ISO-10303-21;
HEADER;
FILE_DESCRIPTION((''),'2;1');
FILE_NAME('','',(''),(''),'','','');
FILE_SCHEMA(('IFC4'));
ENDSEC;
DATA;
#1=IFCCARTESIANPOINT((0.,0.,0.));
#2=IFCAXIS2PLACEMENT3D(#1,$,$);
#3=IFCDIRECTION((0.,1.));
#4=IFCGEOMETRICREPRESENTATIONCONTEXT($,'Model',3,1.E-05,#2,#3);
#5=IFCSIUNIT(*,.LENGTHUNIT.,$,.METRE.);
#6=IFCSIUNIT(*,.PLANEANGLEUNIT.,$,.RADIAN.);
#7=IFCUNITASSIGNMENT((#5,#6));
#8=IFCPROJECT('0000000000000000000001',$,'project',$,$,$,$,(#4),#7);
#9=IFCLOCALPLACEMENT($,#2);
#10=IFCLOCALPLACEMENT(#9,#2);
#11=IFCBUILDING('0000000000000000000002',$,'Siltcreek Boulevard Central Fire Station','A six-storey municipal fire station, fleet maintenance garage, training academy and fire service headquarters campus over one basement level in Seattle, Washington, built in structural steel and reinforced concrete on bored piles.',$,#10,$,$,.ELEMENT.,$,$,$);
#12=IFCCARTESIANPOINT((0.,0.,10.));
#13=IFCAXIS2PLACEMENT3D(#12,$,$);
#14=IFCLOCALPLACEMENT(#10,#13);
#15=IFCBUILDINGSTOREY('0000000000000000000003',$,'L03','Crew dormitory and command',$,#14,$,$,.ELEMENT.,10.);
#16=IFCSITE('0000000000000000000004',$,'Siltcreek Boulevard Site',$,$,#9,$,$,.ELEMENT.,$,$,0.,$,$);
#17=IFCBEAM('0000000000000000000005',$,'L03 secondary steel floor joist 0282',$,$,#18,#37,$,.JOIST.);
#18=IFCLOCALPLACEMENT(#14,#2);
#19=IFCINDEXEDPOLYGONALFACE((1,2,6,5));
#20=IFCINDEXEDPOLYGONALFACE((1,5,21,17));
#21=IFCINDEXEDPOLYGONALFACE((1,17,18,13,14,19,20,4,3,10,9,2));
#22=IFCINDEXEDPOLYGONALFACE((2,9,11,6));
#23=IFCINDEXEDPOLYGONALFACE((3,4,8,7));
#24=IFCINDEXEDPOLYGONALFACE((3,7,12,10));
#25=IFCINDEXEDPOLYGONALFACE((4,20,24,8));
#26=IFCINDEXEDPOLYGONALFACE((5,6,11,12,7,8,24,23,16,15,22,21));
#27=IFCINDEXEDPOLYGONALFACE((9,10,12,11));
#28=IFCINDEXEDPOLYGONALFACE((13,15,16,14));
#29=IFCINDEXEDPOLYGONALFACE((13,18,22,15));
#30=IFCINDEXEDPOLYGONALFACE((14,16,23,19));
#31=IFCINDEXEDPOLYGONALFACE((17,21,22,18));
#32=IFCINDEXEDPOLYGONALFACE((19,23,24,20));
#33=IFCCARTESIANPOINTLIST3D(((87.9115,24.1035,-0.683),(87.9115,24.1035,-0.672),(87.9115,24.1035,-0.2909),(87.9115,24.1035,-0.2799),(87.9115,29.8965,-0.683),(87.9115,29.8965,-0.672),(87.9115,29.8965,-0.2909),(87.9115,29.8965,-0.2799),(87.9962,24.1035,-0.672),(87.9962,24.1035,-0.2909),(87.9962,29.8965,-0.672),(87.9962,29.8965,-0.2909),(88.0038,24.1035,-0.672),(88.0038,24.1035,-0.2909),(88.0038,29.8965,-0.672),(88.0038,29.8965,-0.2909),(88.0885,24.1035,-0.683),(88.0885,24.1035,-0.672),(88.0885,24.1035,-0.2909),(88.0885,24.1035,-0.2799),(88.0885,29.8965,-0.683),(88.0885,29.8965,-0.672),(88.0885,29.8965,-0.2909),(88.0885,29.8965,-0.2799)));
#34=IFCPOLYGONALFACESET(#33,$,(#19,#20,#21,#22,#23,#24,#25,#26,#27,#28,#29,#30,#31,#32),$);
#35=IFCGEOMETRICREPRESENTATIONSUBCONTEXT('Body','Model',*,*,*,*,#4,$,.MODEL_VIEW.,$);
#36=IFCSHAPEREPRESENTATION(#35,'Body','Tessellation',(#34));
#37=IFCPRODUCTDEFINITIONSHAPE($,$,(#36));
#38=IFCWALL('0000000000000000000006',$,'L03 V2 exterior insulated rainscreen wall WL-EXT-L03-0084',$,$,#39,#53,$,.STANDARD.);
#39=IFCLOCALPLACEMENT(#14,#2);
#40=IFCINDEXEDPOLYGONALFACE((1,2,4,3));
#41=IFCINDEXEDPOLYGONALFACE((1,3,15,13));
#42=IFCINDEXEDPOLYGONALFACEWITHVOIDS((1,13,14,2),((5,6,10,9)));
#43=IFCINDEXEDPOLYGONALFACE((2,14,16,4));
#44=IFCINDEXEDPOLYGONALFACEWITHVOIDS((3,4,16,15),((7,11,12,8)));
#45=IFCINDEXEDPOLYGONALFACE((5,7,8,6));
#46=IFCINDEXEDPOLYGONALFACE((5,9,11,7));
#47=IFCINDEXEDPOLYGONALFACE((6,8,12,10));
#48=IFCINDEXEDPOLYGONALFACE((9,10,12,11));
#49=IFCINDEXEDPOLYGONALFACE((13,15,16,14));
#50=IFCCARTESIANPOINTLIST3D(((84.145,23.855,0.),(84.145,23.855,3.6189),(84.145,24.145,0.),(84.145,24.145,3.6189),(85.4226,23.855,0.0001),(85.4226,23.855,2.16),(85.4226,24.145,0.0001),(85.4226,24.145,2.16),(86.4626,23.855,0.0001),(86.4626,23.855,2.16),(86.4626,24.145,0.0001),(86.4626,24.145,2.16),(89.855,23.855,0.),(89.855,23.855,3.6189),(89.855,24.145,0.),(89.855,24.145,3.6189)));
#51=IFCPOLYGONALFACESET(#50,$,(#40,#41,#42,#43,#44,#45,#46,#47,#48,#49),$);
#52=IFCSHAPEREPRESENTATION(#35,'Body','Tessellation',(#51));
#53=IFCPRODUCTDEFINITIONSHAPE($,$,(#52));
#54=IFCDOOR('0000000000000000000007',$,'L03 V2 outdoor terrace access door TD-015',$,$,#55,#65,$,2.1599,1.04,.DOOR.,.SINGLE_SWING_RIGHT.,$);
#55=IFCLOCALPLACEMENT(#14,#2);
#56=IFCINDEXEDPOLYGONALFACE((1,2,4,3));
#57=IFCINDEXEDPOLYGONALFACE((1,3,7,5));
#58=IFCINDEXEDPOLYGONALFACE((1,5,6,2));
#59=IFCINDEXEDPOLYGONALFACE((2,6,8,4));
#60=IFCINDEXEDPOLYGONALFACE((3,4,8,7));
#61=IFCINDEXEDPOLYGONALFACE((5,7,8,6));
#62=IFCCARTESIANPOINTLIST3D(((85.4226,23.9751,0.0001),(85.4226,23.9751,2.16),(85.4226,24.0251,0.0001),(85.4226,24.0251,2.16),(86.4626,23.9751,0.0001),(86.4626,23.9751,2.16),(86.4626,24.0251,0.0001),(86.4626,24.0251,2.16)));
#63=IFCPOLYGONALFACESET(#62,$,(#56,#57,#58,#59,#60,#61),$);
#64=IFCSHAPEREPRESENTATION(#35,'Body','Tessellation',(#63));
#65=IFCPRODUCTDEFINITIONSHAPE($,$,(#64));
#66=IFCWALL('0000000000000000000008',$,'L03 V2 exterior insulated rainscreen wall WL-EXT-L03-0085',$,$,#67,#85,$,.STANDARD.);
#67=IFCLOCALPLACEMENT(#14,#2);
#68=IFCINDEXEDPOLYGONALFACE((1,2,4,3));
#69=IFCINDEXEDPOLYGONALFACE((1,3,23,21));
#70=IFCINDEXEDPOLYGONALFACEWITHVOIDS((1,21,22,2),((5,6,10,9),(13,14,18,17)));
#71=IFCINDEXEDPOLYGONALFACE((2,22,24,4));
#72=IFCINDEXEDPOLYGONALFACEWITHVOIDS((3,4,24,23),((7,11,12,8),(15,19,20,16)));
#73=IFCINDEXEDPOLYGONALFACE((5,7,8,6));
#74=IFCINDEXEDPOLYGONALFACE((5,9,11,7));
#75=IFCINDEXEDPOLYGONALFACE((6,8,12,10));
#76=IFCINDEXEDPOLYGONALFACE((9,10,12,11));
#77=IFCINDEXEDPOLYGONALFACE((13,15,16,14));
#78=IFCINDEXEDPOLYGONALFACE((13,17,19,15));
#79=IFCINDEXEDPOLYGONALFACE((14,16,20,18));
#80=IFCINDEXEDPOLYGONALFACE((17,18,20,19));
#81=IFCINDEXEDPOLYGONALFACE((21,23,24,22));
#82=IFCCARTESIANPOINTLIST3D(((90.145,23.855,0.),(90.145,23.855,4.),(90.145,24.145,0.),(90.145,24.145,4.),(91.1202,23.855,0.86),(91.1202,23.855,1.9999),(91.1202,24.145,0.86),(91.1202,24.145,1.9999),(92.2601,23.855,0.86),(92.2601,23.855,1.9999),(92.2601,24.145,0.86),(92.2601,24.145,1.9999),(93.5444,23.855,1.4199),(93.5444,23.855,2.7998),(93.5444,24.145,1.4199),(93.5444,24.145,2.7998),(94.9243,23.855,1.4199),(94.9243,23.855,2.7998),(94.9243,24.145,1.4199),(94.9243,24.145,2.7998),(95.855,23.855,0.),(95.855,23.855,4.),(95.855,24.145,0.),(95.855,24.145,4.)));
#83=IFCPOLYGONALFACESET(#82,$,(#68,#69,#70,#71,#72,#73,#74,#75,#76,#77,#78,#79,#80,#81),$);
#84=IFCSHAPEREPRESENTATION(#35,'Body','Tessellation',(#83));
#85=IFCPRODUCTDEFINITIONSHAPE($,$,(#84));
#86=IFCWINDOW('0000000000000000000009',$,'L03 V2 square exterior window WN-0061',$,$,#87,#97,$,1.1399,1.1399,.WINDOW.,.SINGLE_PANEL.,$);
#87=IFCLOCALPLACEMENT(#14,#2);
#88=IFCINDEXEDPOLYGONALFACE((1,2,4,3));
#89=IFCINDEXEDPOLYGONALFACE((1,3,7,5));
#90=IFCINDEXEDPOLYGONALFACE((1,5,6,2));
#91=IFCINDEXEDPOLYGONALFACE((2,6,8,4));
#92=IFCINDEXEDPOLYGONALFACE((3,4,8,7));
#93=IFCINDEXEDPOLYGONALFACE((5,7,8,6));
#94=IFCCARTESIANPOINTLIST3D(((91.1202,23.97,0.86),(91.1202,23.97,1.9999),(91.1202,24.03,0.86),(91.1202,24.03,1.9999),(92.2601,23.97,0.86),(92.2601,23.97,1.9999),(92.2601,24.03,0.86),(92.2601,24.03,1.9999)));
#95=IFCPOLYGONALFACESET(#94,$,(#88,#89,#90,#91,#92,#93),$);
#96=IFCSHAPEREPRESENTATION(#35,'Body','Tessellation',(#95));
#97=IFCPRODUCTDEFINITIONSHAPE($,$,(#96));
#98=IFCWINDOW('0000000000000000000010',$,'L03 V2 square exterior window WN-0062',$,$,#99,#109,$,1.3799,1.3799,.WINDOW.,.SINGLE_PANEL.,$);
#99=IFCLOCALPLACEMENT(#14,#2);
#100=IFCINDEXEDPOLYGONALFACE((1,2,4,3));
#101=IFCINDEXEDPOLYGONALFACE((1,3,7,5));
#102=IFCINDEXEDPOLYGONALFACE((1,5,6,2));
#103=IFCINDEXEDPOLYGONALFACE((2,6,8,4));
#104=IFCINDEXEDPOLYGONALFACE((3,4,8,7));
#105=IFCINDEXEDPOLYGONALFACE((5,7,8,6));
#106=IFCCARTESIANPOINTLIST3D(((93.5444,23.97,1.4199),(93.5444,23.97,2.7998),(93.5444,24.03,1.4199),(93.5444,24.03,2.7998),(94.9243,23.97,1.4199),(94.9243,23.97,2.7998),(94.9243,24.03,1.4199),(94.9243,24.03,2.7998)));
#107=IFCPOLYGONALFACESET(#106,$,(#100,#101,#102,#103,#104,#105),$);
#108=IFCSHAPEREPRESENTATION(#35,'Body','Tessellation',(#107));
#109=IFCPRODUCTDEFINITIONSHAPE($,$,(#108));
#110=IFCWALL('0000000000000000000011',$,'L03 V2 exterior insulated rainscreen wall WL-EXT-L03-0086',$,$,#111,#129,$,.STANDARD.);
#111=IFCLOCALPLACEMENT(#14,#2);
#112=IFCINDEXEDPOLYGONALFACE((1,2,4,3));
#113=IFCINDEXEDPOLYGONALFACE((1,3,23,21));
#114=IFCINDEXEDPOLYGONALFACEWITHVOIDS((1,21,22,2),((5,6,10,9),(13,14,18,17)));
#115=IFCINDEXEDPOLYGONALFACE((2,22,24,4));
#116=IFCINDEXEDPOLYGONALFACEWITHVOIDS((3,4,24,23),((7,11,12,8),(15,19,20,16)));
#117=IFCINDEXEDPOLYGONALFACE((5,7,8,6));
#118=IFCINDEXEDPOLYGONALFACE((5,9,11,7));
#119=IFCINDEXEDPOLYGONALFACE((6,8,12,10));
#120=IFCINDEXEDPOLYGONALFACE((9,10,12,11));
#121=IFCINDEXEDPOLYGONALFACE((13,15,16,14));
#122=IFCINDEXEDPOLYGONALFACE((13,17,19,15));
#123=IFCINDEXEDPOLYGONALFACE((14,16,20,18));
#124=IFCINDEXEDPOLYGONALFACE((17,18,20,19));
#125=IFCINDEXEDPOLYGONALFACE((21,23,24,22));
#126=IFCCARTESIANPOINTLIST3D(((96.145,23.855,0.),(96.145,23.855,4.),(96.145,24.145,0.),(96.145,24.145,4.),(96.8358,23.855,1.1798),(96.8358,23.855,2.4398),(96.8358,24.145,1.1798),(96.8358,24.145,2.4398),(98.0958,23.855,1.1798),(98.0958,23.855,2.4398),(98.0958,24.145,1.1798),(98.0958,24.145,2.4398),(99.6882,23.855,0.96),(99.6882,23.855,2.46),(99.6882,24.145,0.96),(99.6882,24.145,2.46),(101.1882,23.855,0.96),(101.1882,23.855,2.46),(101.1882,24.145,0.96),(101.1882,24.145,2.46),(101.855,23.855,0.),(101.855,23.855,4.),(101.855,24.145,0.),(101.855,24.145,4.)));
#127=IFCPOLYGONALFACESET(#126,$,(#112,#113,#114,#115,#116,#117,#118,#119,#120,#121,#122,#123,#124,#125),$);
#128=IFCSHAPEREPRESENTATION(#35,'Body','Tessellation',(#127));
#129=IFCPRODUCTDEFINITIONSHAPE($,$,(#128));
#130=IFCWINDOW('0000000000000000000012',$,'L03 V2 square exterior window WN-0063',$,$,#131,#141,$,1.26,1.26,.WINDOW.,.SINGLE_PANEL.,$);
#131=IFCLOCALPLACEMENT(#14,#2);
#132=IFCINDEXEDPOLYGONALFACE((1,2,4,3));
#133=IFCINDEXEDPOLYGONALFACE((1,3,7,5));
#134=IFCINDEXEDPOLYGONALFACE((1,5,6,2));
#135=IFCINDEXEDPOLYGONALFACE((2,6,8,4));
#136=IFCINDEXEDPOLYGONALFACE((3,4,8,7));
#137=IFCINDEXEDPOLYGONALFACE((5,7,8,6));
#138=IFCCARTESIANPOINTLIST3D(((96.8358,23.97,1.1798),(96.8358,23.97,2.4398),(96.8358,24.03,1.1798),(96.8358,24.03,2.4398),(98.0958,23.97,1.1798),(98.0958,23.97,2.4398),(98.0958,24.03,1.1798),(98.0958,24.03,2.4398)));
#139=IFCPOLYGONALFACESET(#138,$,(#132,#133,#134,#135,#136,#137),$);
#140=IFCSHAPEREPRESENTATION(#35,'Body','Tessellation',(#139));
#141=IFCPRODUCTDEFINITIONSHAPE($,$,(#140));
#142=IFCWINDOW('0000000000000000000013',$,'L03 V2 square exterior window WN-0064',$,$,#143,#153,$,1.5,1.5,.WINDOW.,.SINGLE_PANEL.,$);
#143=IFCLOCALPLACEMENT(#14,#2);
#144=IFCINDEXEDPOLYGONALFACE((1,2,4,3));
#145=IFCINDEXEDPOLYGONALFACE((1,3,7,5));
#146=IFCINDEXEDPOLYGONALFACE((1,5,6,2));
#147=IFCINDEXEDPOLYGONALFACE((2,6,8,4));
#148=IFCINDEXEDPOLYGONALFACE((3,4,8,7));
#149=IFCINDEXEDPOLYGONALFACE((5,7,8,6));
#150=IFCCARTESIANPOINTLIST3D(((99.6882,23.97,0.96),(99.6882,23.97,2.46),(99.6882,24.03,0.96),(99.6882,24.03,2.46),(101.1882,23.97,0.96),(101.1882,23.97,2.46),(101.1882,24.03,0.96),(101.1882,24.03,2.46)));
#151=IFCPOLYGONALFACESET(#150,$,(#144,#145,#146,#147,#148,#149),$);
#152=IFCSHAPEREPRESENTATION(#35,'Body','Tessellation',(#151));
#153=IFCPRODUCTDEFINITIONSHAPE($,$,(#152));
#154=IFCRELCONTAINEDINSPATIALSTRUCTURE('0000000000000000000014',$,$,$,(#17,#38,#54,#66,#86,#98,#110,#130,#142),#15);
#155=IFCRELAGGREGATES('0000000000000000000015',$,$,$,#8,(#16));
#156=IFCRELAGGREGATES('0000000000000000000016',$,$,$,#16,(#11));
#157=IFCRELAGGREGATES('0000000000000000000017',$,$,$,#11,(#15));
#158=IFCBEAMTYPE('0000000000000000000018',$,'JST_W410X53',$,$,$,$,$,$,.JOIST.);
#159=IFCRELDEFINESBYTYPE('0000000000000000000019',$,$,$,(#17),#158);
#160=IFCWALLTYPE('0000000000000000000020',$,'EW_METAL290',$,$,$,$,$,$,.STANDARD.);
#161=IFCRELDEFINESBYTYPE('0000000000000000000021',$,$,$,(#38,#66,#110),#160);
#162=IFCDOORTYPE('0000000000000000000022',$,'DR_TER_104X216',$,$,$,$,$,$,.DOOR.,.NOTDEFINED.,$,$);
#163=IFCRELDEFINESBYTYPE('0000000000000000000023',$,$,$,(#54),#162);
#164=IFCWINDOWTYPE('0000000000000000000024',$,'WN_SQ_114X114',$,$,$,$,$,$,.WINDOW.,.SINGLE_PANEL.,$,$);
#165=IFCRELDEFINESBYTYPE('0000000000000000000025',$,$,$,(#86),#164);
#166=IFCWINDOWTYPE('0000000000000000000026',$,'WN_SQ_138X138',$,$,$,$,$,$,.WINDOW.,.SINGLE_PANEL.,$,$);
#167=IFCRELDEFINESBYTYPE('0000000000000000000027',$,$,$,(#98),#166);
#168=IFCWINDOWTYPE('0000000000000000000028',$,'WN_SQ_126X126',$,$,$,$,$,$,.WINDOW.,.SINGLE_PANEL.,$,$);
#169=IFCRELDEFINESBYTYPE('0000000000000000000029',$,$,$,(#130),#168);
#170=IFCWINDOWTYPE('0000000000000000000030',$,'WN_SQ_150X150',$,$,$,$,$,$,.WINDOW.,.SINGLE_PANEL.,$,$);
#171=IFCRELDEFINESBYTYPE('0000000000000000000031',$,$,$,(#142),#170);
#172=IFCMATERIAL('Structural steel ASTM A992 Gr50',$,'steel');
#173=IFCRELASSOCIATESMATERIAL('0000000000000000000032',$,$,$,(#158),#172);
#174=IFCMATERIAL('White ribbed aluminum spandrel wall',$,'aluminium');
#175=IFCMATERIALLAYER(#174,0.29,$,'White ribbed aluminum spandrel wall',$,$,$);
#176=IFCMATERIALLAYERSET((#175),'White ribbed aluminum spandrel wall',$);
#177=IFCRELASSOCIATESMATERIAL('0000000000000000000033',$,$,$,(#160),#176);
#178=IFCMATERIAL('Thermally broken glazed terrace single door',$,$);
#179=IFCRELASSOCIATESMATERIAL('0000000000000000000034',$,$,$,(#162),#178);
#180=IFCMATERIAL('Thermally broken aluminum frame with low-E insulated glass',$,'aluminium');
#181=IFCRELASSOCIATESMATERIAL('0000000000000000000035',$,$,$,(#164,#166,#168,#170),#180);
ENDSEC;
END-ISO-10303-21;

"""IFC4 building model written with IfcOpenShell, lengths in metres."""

from ifc_helpers import new_model, si_unit, direction, frame, frame_2d, origin, origin_2d, place, context, subcontext, project, spatial, rectangle, i_section, extrude, material, layer, layer_set, material_profile, profile_set, type_object, element, fill, save


model = new_model("IFC4")

# Units and contexts
model_context = context("Model", 3, precision=1e-05, world=origin(), true_north=direction((0.0, 1.0)))
body_context = subcontext(model_context, "Body", "Model", "MODEL_VIEW")
ifc_project = project(units=[si_unit("LENGTHUNIT", "METRE"), si_unit("PLANEANGLEUNIT", "RADIAN")], contexts=[model_context])

# Site, building, storey
site_placement = place(None, origin())
site = spatial("IfcSite", under=ifc_project, at=site_placement, Name="Siltcreek Boulevard Site", CompositionType="ELEMENT", RefElevation=0.0)
building_placement = place(site_placement, origin())
building = spatial("IfcBuilding", under=site, at=building_placement, Name="Siltcreek Boulevard Central Fire Station", Description="A six-storey municipal fire station, fleet maintenance garage, training academy and fire service headquarters campus over one basement level in Seattle, Washington, built in structural steel and reinforced concrete on bored piles.", CompositionType="ELEMENT")
storey_placement = place(building_placement, frame((0.0, 0.0, 10.0)))
storey = spatial("IfcBuildingStorey", under=building, at=storey_placement, Name="L03", Description="Crew dormitory and command", CompositionType="ELEMENT", Elevation=10.0)

# Shared definitions
ifc_material_1 = material(Name="Structural steel ASTM A992 Gr50", Category="steel")

# Beam
ifc_material_profile_1 = material_profile(ifc_material_1, i_section(OverallWidth=0.177, OverallDepth=0.4031, WebThickness=0.0076, FlangeThickness=0.011, at=origin_2d()), Name="W410X53")
ifc_profile_set_1 = profile_set([ifc_material_profile_1], Name="Structural steel ASTM A992 Gr50")
beam_type_1 = type_object("IfcBeamType", Name="JST_W410X53", PredefinedType="JOIST", material=ifc_profile_set_1)
beam_1_placement = place(storey_placement, frame((88.0, 24.1035, -0.4814), z_axis=(0.0, 1.0, 0.0), x_axis=(-1.0, 0.0, 0.0)))
element("IfcBeam", 1, at=beam_1_placement, inside=storey, type_object=beam_type_1, Name="L03 secondary steel floor joist 0282", PredefinedType="JOIST", context=body_context, shape_type="SweptSolid", body=[
    extrude(i_section(OverallWidth=0.177, OverallDepth=0.4031, WebThickness=0.0076, FlangeThickness=0.011, at=origin_2d()), origin(), (0.0, 0.0, 1.0), 5.793),
])

# Wall, opening, door
ifc_material_2 = material(Name="White ribbed aluminum spandrel wall", Category="aluminium")
ifc_layer_1 = layer(ifc_material_2, 0.29, Name="White ribbed aluminum spandrel wall")
ifc_layer_set_1 = layer_set([ifc_layer_1], Name="White ribbed aluminum spandrel wall")
wall_type_1 = type_object("IfcWallType", Name="EW_METAL290", PredefinedType="STANDARD", material=ifc_layer_set_1)
wall_1_placement = place(storey_placement, frame((84.145, 24.0, 0.0), z_axis=(0.0, 0.0, 1.0), x_axis=(1.0, 0.0, 0.0)))
wall_1 = element("IfcWall", 2, at=wall_1_placement, inside=storey, type_object=wall_type_1, Name="L03 V2 exterior insulated rainscreen wall WL-EXT-L03-0084", PredefinedType="STANDARD", context=body_context, shape_type="SweptSolid", body=[
    extrude(rectangle(XDim=5.71, YDim=0.29, at=frame_2d((2.855, 0.0))), origin(), (0.0, 0.0, 1.0), 3.6189),
])
opening_1_placement = place(wall_1_placement, frame((1.2776, 0.0, 0.0)))
opening_1 = element("IfcOpeningElement", 3, at=opening_1_placement, cuts=wall_1, PredefinedType="OPENING", context=body_context, shape_type="SweptSolid", body=[
    extrude(rectangle(XDim=1.04, YDim=2.1599, at=frame_2d((0.52, 1.0801))), frame((0.0, 0.155, 0.0), z_axis=(0.0, -1.0, 0.0), x_axis=(1.0, 0.0, 0.0)), (0.0, 0.0, 1.0), 0.3101),
])
ifc_material_3 = material(Name="Thermally broken glazed terrace single door")
door_type_1 = type_object("IfcDoorType", Name="DR_TER_104X216", OperationType="NOTDEFINED", PredefinedType="DOOR", material=ifc_material_3)
door_1_placement = place(opening_1_placement, frame((1.04, 0.0, 0.0), z_axis=(0.0, 0.0, 1.0), x_axis=(-1.0, 0.0, 0.0)))
door_1 = element("IfcDoor", 4, at=door_1_placement, inside=storey, type_object=door_type_1, Name="L03 V2 outdoor terrace access door TD-015", OperationType="SINGLE_SWING_RIGHT", OverallHeight=2.1599, OverallWidth=1.04, PredefinedType="DOOR", context=body_context, shape_type="SweptSolid", body=[
    extrude(rectangle(XDim=1.04, YDim=2.1599, at=frame_2d((0.52, 1.0801))), frame((0.0, 0.0249, 0.0), z_axis=(0.0, -1.0, 0.0), x_axis=(1.0, 0.0, 0.0)), (0.0, 0.0, 1.0), 0.05),
])
fill(opening_1, door_1)

# Walls, openings, windows
wall_2_placement = place(storey_placement, frame((90.145, 24.0, 0.0), z_axis=(0.0, 0.0, 1.0), x_axis=(1.0, 0.0, 0.0)))
wall_2 = element("IfcWall", 5, at=wall_2_placement, inside=storey, type_object=wall_type_1, Name="L03 V2 exterior insulated rainscreen wall WL-EXT-L03-0085", PredefinedType="STANDARD", context=body_context, shape_type="SweptSolid", body=[
    extrude(rectangle(XDim=5.71, YDim=0.29, at=frame_2d((2.855, 0.0))), origin(), (0.0, 0.0, 1.0), 4.0),
])
opening_2_placement = place(wall_2_placement, frame((0.9753, 0.0, 0.8601)))
opening_2 = element("IfcOpeningElement", 6, at=opening_2_placement, cuts=wall_2, PredefinedType="OPENING", context=body_context, shape_type="SweptSolid", body=[
    extrude(rectangle(XDim=1.1399, YDim=1.1399, at=frame_2d((0.5698, 0.5698))), frame((0.0, 0.155, 0.0), z_axis=(0.0, -1.0, 0.0), x_axis=(1.0, 0.0, 0.0)), (0.0, 0.0, 1.0), 0.3101),
])
opening_3_placement = place(wall_2_placement, frame((3.3994, 0.0, 1.4199)))
opening_3 = element("IfcOpeningElement", 7, at=opening_3_placement, cuts=wall_2, PredefinedType="OPENING", context=body_context, shape_type="SweptSolid", body=[
    extrude(rectangle(XDim=1.3799, YDim=1.3799, at=frame_2d((0.6899, 0.6899))), frame((0.0, 0.155, 0.0), z_axis=(0.0, -1.0, 0.0), x_axis=(1.0, 0.0, 0.0)), (0.0, 0.0, 1.0), 0.3101),
])
ifc_material_4 = material(Name="Thermally broken aluminum frame with low-E insulated glass", Category="aluminium")
window_type_1 = type_object("IfcWindowType", Name="WN_SQ_114X114", PartitioningType="SINGLE_PANEL", PredefinedType="WINDOW", material=ifc_material_4)
window_1_placement = place(opening_2_placement, origin())
window_1 = element("IfcWindow", 8, at=window_1_placement, inside=storey, type_object=window_type_1, Name="L03 V2 square exterior window WN-0061", OverallHeight=1.1399, OverallWidth=1.1399, PartitioningType="SINGLE_PANEL", PredefinedType="WINDOW", context=body_context, shape_type="SweptSolid", body=[
    extrude(rectangle(XDim=1.1399, YDim=1.1399, at=frame_2d((0.5698, 0.5698))), frame((0.0, 0.03, 0.0), z_axis=(0.0, -1.0, 0.0), x_axis=(1.0, 0.0, 0.0)), (0.0, 0.0, 1.0), 0.0601),
])
fill(opening_2, window_1)
window_type_2 = type_object("IfcWindowType", Name="WN_SQ_138X138", PartitioningType="SINGLE_PANEL", PredefinedType="WINDOW", material=ifc_material_4)
window_2_placement = place(opening_3_placement, origin())
window_2 = element("IfcWindow", 9, at=window_2_placement, inside=storey, type_object=window_type_2, Name="L03 V2 square exterior window WN-0062", OverallHeight=1.3799, OverallWidth=1.3799, PartitioningType="SINGLE_PANEL", PredefinedType="WINDOW", context=body_context, shape_type="SweptSolid", body=[
    extrude(rectangle(XDim=1.3799, YDim=1.3799, at=frame_2d((0.6899, 0.6899))), frame((0.0, 0.03, 0.0), z_axis=(0.0, -1.0, 0.0), x_axis=(1.0, 0.0, 0.0)), (0.0, 0.0, 1.0), 0.0601),
])
fill(opening_3, window_2)
wall_3_placement = place(storey_placement, frame((96.145, 24.0, 0.0), z_axis=(0.0, 0.0, 1.0), x_axis=(1.0, 0.0, 0.0)))
wall_3 = element("IfcWall", 10, at=wall_3_placement, inside=storey, type_object=wall_type_1, Name="L03 V2 exterior insulated rainscreen wall WL-EXT-L03-0086", PredefinedType="STANDARD", context=body_context, shape_type="SweptSolid", body=[
    extrude(rectangle(XDim=5.71, YDim=0.29, at=frame_2d((2.855, 0.0))), origin(), (0.0, 0.0, 1.0), 4.0),
])
opening_4_placement = place(wall_3_placement, frame((0.6909, 0.0, 1.1799)))
opening_4 = element("IfcOpeningElement", 11, at=opening_4_placement, cuts=wall_3, PredefinedType="OPENING", context=body_context, shape_type="SweptSolid", body=[
    extrude(rectangle(XDim=1.26, YDim=1.26, at=frame_2d((0.6299, 0.6299))), frame((0.0, 0.155, 0.0), z_axis=(0.0, -1.0, 0.0), x_axis=(1.0, 0.0, 0.0)), (0.0, 0.0, 1.0), 0.3101),
])
opening_5_placement = place(wall_3_placement, frame((3.5432, 0.0, 0.96)))
opening_5 = element("IfcOpeningElement", 12, at=opening_5_placement, cuts=wall_3, PredefinedType="OPENING", context=body_context, shape_type="SweptSolid", body=[
    extrude(rectangle(XDim=1.5, YDim=1.5, at=frame_2d((0.75, 0.75))), frame((0.0, 0.155, 0.0), z_axis=(0.0, -1.0, 0.0), x_axis=(1.0, 0.0, 0.0)), (0.0, 0.0, 1.0), 0.3101),
])
window_type_3 = type_object("IfcWindowType", Name="WN_SQ_126X126", PartitioningType="SINGLE_PANEL", PredefinedType="WINDOW", material=ifc_material_4)
window_3_placement = place(opening_4_placement, origin())
window_3 = element("IfcWindow", 13, at=window_3_placement, inside=storey, type_object=window_type_3, Name="L03 V2 square exterior window WN-0063", OverallHeight=1.26, OverallWidth=1.26, PartitioningType="SINGLE_PANEL", PredefinedType="WINDOW", context=body_context, shape_type="SweptSolid", body=[
    extrude(rectangle(XDim=1.26, YDim=1.26, at=frame_2d((0.6299, 0.6299))), frame((0.0, 0.03, 0.0), z_axis=(0.0, -1.0, 0.0), x_axis=(1.0, 0.0, 0.0)), (0.0, 0.0, 1.0), 0.0601),
])
fill(opening_4, window_3)
window_type_4 = type_object("IfcWindowType", Name="WN_SQ_150X150", PartitioningType="SINGLE_PANEL", PredefinedType="WINDOW", material=ifc_material_4)
window_4_placement = place(opening_5_placement, origin())
window_4 = element("IfcWindow", 14, at=window_4_placement, inside=storey, type_object=window_type_4, Name="L03 V2 square exterior window WN-0064", OverallHeight=1.5, OverallWidth=1.5, PartitioningType="SINGLE_PANEL", PredefinedType="WINDOW", context=body_context, shape_type="SweptSolid", body=[
    extrude(rectangle(XDim=1.5, YDim=1.5, at=frame_2d((0.75, 0.75))), frame((0.0, 0.03, 0.0), z_axis=(0.0, -1.0, 0.0), x_axis=(1.0, 0.0, 0.0)), (0.0, 0.0, 1.0), 0.0601),
])
fill(opening_5, window_4)

save(model, "model.ifc")
